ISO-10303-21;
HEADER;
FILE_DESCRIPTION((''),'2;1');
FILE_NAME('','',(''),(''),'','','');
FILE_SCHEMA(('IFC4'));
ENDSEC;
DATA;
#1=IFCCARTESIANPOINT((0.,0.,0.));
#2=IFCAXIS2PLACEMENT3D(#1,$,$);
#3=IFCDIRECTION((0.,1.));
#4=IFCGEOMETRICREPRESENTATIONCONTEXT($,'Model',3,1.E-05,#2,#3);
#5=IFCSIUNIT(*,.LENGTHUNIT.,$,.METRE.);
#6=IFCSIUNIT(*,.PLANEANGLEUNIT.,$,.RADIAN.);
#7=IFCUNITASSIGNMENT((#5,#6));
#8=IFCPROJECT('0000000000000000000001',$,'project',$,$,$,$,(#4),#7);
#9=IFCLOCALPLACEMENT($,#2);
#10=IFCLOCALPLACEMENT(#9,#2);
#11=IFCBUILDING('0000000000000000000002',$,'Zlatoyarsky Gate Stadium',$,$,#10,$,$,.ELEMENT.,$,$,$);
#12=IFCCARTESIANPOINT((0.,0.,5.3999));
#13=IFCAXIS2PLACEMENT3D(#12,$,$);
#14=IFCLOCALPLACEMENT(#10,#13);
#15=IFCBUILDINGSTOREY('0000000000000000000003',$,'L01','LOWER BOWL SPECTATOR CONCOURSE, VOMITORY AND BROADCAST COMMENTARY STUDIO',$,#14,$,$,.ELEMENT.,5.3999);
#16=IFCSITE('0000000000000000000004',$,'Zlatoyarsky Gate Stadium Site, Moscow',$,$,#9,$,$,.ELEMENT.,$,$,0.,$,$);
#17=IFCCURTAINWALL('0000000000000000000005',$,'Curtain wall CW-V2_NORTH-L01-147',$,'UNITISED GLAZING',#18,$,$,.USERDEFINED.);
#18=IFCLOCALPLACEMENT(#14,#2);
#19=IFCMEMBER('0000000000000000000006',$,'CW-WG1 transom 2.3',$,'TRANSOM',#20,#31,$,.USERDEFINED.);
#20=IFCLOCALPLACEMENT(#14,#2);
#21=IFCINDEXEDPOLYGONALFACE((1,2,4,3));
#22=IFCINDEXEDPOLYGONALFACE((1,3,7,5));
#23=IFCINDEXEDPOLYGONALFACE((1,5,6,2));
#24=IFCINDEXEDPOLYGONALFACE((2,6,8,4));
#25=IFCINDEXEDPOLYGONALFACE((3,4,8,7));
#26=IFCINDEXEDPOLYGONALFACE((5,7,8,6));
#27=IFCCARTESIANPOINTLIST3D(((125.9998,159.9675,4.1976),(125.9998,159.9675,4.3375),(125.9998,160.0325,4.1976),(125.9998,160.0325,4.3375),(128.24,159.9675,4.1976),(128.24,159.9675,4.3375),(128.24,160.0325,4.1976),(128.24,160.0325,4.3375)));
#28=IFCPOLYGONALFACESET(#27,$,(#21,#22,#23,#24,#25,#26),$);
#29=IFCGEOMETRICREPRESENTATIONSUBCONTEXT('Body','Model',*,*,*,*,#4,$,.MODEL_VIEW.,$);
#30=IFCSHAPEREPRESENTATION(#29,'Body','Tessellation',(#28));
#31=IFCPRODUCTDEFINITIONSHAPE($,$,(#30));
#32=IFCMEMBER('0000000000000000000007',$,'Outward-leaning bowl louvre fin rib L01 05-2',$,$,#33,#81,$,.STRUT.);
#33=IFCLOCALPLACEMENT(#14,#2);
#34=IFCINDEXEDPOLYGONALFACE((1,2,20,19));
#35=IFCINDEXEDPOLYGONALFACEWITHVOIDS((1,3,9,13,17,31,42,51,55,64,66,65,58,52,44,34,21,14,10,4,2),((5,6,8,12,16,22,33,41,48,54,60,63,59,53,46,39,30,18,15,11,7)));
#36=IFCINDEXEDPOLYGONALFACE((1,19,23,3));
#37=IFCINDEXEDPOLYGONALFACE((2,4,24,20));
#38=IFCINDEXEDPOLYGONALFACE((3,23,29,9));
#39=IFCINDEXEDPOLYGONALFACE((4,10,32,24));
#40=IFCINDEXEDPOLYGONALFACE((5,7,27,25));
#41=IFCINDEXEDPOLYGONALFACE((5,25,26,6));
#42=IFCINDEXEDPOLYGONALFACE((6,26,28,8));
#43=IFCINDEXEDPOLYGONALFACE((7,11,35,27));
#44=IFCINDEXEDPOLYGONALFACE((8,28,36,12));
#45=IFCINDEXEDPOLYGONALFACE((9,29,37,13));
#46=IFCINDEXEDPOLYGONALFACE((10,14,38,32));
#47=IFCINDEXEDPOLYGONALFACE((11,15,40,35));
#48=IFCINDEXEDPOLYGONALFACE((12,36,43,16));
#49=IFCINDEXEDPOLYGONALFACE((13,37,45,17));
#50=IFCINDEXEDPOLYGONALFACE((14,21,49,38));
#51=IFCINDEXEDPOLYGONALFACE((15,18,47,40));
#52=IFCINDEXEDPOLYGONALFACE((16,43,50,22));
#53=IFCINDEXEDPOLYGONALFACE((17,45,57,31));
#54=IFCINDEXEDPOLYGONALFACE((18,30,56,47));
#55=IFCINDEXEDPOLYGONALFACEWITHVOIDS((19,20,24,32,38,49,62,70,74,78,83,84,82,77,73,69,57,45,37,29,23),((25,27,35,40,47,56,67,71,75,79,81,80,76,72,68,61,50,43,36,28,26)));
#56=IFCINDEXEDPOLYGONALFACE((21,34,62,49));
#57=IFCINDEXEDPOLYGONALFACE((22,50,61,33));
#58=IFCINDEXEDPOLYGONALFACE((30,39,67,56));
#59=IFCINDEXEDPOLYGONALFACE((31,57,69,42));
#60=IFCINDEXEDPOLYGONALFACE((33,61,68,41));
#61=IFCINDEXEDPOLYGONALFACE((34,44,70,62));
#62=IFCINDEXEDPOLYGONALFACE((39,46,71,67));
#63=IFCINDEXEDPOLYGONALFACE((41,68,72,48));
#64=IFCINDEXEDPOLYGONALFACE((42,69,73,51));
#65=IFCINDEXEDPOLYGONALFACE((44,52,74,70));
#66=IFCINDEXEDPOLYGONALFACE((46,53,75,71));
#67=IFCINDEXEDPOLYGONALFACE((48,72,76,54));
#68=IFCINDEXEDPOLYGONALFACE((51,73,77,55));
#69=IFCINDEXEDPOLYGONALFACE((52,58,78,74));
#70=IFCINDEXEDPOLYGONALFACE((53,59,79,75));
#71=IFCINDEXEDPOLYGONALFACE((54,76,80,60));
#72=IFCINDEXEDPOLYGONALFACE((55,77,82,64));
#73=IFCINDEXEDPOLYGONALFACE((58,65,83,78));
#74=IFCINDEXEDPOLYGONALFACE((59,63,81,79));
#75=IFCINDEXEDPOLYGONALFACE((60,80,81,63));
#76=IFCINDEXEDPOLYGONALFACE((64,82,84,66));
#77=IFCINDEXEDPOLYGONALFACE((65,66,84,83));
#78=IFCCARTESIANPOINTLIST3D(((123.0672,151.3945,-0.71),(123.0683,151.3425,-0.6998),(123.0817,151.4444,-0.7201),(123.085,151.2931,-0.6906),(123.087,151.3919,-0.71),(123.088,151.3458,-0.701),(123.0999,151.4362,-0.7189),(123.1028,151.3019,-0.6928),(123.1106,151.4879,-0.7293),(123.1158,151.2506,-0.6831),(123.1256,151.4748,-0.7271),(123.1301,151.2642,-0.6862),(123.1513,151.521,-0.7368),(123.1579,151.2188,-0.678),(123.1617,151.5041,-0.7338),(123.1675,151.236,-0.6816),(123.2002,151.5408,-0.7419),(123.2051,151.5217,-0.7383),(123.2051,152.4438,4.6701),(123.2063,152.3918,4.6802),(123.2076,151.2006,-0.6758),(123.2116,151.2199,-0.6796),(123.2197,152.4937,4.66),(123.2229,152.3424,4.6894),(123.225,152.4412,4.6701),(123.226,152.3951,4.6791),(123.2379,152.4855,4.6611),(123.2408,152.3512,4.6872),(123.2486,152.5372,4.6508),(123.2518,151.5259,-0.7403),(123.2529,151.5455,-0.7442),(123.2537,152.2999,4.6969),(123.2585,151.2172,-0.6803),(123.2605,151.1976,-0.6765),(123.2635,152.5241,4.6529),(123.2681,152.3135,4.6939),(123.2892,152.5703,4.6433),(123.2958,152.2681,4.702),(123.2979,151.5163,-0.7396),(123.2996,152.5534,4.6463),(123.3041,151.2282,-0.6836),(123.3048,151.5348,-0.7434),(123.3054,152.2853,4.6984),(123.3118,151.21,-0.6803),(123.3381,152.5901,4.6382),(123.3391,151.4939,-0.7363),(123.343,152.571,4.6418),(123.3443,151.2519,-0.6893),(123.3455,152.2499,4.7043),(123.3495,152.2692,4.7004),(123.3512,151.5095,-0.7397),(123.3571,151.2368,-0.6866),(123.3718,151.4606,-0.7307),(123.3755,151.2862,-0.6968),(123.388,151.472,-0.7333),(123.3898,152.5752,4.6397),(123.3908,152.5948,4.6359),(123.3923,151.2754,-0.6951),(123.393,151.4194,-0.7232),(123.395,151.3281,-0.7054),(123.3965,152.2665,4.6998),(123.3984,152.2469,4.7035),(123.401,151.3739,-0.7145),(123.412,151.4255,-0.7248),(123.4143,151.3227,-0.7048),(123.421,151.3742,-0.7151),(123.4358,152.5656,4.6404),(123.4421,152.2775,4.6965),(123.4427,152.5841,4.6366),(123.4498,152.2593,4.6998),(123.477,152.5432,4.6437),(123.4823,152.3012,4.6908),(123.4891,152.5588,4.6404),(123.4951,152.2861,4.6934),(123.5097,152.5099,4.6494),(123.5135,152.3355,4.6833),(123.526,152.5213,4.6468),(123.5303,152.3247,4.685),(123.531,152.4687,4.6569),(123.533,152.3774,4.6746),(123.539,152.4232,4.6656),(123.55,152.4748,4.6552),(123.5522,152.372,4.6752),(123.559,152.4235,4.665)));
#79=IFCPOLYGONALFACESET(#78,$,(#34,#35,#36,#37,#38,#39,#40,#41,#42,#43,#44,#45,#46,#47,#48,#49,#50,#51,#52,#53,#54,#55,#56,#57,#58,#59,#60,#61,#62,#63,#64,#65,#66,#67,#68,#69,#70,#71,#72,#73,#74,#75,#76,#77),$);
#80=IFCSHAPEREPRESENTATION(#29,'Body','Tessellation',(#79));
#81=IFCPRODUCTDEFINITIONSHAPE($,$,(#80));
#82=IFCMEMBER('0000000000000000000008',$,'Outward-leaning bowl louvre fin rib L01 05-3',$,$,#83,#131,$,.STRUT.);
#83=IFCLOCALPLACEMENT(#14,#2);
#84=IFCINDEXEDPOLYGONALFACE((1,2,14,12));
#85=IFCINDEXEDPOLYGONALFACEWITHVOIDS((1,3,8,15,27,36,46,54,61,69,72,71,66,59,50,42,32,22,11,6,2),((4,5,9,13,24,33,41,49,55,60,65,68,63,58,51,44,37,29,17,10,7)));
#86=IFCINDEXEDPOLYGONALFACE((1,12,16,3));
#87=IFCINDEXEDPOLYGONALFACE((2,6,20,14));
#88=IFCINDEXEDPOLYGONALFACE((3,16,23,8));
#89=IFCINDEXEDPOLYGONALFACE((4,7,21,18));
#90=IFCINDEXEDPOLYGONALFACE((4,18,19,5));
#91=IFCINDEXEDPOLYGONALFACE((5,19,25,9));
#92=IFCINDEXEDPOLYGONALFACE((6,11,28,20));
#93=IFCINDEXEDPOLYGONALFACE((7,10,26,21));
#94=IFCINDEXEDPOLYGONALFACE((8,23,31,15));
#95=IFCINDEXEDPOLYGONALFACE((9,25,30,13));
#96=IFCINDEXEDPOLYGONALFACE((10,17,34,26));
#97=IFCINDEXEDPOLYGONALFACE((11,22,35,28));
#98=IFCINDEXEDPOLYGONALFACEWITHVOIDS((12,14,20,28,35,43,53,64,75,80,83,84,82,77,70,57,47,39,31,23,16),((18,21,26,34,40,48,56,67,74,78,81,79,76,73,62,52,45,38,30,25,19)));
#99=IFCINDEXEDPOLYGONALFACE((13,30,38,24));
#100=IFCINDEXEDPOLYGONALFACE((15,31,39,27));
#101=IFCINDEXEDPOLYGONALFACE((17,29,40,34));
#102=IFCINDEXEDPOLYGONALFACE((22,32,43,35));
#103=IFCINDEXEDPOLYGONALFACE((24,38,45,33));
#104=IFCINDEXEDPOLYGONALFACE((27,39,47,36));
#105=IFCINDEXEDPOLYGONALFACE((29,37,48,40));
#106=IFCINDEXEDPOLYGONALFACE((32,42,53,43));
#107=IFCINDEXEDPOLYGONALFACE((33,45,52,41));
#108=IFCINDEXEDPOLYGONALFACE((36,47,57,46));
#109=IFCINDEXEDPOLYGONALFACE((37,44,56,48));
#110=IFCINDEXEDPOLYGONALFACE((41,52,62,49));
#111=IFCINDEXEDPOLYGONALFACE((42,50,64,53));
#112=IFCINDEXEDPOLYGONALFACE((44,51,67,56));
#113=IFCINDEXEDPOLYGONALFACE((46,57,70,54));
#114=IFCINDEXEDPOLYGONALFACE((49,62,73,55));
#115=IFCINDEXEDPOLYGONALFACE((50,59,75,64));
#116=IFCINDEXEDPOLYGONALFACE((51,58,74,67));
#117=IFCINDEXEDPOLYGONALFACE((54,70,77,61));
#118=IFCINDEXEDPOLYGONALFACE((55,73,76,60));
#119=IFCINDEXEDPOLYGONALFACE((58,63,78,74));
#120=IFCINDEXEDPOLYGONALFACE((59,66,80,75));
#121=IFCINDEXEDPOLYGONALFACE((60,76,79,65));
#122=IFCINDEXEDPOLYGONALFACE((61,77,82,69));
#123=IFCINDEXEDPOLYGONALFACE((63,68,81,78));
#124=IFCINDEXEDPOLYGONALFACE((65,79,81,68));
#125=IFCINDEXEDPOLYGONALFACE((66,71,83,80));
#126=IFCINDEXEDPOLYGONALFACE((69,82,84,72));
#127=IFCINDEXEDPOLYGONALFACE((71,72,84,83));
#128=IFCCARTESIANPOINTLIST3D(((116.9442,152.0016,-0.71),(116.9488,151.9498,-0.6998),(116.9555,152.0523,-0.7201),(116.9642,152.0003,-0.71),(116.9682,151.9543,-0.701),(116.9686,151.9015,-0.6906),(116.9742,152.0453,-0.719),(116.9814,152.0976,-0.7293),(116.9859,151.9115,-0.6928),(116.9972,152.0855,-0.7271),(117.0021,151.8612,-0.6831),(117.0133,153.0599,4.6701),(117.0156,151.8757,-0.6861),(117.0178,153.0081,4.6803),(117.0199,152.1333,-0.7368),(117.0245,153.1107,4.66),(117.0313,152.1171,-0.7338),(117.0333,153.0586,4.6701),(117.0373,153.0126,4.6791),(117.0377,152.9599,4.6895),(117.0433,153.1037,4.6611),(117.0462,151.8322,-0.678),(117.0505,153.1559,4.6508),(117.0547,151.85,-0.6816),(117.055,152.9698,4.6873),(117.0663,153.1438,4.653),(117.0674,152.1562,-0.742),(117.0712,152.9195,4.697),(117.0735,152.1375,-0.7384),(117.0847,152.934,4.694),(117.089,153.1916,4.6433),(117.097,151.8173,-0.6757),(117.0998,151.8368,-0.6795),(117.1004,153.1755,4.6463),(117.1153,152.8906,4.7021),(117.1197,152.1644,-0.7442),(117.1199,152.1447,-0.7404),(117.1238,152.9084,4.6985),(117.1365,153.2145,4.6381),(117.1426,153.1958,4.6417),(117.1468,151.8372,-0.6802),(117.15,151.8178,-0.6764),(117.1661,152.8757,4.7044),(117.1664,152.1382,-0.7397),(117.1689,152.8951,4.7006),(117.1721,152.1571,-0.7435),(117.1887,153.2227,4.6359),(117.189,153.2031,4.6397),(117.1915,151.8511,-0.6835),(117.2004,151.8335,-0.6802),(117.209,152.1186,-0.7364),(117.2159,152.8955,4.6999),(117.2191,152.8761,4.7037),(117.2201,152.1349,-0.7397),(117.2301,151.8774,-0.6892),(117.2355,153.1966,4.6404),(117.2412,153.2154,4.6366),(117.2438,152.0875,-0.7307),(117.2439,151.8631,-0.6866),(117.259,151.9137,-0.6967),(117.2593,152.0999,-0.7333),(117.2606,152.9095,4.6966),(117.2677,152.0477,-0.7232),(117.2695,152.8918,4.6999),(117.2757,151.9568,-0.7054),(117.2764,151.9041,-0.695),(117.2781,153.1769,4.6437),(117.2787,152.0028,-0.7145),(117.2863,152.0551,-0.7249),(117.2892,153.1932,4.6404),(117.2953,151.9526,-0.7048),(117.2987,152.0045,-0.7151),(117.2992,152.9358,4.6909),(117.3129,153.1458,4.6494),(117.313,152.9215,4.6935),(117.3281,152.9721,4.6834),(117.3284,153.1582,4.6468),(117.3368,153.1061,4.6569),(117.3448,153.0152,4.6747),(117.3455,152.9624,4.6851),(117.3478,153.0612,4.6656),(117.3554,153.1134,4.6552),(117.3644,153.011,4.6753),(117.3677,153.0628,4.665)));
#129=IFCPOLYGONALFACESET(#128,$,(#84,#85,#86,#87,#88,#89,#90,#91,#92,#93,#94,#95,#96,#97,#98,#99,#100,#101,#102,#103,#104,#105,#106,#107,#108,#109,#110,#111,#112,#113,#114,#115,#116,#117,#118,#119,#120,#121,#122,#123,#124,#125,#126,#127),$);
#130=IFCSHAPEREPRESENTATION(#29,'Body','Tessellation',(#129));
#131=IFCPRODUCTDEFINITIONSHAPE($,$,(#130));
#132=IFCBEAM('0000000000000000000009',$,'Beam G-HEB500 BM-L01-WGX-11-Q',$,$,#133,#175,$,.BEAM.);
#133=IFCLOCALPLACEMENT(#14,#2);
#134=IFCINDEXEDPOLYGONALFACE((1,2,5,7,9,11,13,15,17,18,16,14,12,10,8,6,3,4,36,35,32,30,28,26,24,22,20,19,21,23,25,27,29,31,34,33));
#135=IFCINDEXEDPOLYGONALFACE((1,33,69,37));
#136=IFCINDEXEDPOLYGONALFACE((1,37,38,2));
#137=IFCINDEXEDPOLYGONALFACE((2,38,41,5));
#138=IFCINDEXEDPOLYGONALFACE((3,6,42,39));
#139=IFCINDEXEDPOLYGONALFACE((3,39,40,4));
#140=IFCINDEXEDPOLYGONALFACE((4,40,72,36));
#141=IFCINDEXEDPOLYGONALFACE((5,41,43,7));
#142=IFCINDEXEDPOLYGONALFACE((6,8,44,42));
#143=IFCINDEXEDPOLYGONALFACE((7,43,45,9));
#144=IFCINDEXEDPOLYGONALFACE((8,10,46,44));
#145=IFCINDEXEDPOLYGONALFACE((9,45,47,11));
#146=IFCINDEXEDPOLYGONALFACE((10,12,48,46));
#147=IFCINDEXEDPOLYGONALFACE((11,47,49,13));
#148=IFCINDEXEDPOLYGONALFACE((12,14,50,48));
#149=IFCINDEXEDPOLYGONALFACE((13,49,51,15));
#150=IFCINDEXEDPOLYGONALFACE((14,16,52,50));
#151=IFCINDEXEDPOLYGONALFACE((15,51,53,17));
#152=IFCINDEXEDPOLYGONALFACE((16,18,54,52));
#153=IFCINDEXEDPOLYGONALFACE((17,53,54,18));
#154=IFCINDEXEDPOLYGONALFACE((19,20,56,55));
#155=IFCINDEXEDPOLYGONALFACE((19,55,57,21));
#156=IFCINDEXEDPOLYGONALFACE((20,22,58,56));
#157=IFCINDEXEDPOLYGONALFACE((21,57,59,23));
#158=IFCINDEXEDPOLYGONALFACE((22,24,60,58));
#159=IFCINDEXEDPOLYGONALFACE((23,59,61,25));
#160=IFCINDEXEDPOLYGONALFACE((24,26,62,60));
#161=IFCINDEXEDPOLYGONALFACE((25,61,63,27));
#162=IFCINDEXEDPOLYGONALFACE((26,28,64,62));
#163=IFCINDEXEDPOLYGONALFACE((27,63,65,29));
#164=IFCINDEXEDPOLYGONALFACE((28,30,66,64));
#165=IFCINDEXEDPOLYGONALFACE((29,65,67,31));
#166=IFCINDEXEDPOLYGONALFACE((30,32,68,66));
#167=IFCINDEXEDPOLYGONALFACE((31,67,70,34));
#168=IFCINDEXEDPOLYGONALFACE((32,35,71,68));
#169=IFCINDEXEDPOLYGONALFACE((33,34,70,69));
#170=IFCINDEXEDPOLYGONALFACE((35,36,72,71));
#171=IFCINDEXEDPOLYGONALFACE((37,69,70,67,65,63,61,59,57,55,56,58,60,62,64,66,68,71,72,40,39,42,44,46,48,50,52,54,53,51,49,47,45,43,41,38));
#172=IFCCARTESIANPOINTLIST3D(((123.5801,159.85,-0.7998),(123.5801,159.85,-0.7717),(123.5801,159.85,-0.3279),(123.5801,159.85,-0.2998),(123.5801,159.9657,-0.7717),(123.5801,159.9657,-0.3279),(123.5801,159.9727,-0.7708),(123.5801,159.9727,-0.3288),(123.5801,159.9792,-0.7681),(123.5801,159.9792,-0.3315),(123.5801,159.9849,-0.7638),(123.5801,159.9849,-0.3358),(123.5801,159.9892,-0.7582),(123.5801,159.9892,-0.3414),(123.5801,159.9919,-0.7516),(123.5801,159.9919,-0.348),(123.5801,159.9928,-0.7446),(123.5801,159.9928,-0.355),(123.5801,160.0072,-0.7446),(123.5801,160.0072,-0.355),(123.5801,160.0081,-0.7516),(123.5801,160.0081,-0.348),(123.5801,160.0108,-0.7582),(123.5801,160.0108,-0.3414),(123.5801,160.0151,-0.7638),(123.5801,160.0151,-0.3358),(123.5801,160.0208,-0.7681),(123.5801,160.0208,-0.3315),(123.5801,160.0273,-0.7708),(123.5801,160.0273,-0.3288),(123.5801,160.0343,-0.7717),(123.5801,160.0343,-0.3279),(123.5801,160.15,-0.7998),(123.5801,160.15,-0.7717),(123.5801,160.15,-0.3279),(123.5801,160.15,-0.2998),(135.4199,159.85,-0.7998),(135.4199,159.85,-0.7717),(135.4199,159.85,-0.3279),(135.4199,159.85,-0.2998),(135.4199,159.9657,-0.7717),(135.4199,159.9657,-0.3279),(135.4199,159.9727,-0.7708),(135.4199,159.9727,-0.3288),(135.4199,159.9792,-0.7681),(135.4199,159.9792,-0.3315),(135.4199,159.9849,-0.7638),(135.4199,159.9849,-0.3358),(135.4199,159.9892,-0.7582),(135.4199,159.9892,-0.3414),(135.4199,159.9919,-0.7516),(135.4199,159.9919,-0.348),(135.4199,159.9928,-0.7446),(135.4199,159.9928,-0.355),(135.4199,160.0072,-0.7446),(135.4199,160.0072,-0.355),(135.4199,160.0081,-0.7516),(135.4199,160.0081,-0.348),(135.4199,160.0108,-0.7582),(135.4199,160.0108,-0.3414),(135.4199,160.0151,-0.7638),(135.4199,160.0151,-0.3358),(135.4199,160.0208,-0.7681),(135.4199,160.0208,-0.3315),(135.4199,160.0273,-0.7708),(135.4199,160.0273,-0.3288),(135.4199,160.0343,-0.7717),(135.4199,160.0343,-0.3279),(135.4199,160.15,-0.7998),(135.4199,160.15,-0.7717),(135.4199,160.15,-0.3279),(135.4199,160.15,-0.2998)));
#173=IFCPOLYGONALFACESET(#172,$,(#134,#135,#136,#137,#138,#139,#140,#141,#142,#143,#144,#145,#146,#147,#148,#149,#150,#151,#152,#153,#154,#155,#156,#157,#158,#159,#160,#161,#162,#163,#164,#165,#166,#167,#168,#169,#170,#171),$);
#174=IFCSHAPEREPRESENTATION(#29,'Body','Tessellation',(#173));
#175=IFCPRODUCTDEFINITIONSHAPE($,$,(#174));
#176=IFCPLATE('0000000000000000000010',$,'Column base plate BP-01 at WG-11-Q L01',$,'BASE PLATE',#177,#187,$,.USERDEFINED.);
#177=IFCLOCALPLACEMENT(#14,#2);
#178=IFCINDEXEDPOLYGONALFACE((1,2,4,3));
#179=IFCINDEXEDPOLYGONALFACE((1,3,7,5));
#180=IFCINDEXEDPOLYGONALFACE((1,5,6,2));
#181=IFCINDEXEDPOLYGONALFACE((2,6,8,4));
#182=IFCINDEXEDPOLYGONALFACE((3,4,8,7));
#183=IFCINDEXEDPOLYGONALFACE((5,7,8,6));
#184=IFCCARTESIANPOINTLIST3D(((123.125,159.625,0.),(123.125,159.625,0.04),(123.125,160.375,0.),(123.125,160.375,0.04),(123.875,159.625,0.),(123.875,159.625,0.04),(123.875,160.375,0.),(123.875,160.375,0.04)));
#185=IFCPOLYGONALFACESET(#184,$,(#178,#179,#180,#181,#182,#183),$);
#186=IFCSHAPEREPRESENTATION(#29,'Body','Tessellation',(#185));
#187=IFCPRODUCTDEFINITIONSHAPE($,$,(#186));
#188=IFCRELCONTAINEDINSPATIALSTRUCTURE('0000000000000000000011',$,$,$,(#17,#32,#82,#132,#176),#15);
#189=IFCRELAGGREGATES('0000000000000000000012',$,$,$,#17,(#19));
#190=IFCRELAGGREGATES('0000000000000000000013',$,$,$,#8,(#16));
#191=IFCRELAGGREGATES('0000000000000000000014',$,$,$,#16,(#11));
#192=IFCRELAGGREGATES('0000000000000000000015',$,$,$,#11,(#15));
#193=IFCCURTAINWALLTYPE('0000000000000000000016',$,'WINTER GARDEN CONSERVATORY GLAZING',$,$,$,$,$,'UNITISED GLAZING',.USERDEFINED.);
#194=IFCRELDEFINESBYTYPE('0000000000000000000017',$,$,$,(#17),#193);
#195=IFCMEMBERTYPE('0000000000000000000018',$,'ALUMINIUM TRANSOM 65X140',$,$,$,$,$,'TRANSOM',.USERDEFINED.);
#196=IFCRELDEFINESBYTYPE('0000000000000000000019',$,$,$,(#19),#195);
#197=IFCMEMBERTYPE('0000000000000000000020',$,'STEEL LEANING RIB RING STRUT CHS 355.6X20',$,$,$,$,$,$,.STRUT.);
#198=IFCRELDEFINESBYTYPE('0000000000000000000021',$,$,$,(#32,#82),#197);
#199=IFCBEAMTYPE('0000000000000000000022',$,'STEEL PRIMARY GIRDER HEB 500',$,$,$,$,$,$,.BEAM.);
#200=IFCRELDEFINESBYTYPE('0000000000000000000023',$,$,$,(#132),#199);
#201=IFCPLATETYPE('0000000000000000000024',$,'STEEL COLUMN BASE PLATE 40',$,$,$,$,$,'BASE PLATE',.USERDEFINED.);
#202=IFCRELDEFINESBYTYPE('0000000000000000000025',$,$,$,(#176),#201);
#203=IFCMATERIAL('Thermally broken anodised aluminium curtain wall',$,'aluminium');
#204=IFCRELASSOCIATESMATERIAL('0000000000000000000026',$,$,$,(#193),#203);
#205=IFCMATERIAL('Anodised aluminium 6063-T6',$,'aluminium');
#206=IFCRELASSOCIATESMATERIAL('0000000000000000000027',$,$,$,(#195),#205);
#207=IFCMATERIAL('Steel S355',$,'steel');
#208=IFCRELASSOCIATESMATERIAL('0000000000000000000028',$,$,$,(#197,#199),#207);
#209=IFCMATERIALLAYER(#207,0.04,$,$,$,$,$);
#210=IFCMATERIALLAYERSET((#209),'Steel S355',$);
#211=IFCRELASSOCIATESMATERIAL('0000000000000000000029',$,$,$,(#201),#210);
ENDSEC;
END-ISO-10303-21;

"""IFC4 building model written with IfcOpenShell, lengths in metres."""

from ifc_helpers import new_model, si_unit, direction, frame, origin, origin_2d, place, context, subcontext, project, spatial, rectangle, hollow_circle, i_section, extrude, material, layer, layer_set, material_profile, profile_set, type_object, element, aggregate, save


model = new_model("IFC4")

# Units and contexts
model_context = context("Model", 3, precision=1e-05, world=origin(), true_north=direction((0.0, 1.0)))
body_context = subcontext(model_context, "Body", "Model", "MODEL_VIEW")
ifc_project = project(units=[si_unit("LENGTHUNIT", "METRE"), si_unit("PLANEANGLEUNIT", "RADIAN")], contexts=[model_context])

# Site, building, storey
site_placement = place(None, origin())
site = spatial("IfcSite", under=ifc_project, at=site_placement, Name="Zlatoyarsky Gate Stadium Site, Moscow", CompositionType="ELEMENT", RefElevation=0.0)
building_placement = place(site_placement, origin())
building = spatial("IfcBuilding", under=site, at=building_placement, Name="Zlatoyarsky Gate Stadium", CompositionType="ELEMENT")
storey_placement = place(building_placement, frame((0.0, 0.0, 5.3999)))
storey = spatial("IfcBuildingStorey", under=building, at=storey_placement, Name="L01", Description="LOWER BOWL SPECTATOR CONCOURSE, VOMITORY AND BROADCAST COMMENTARY STUDIO", CompositionType="ELEMENT", Elevation=5.3999)

# Shared definitions
ifc_material_1 = material(Name="Steel S355", Category="steel")

# Shared definitions
ifc_material_2 = material(Name="Thermally broken anodised aluminium curtain wall", Category="aluminium")
ifc_material_3 = material(Name="Anodised aluminium 6063-T6", Category="aluminium")

# Curtain wall
curtain_wall_type_1 = type_object("IfcCurtainWallType", Name="WINTER GARDEN CONSERVATORY GLAZING", ElementType="UNITISED GLAZING", PredefinedType="USERDEFINED", material=ifc_material_2)
curtain_wall_1_placement = place(storey_placement, origin())
curtain_wall_1 = element("IfcCurtainWall", 1, at=curtain_wall_1_placement, inside=storey, type_object=curtain_wall_type_1, Name="Curtain wall CW-V2_NORTH-L01-147", ObjectType="UNITISED GLAZING", PredefinedType="USERDEFINED")

# Member
ifc_material_profile_1 = material_profile(ifc_material_3, rectangle(XDim=0.0649, YDim=0.1399, at=origin_2d()), Name="ALU 65X140")
ifc_profile_set_1 = profile_set([ifc_material_profile_1], Name="Anodised aluminium 6063-T6")
member_type_1 = type_object("IfcMemberType", Name="ALUMINIUM TRANSOM 65X140", ElementType="TRANSOM", PredefinedType="USERDEFINED", material=ifc_profile_set_1)
member_1_placement = place(storey_placement, frame((125.9998, 160.0, 4.2676), z_axis=(1.0, 0.0, 0.0), x_axis=(0.0, 1.0, 0.0)))
member_1 = element("IfcMember", 2, at=member_1_placement, type_object=member_type_1, Name="CW-WG1 transom 2.3", ObjectType="TRANSOM", PredefinedType="USERDEFINED", context=body_context, shape_type="SweptSolid", body=[
    extrude(rectangle(XDim=0.0649, YDim=0.1399, at=origin_2d()), origin(), (0.0, 0.0, 1.0), 2.2402),
])

# Members
ifc_material_profile_2 = material_profile(ifc_material_1, hollow_circle(Radius=0.1777, WallThickness=0.02, at=origin_2d()), Name="CHS 355.6X20")
ifc_profile_set_2 = profile_set([ifc_material_profile_2], Name="Steel S355")
member_type_2 = type_object("IfcMemberType", Name="STEEL LEANING RIB RING STRUT CHS 355.6X20", PredefinedType="STRUT", material=ifc_profile_set_2)
member_2_placement = place(storey_placement, frame((123.2434, 151.3713, -0.71), z_axis=(0.025157, 0.191368, 0.981196), x_axis=(-0.99147, 0.130335, 0.0)))
element("IfcMember", 3, at=member_2_placement, inside=storey, type_object=member_type_2, Name="Outward-leaning bowl louvre fin rib L01 05-2", PredefinedType="STRUT", context=body_context, shape_type="SweptSolid", body=[
    extrude(hollow_circle(Radius=0.1777, WallThickness=0.02, at=origin_2d()), origin(), (0.0, 0.0, 1.0), 5.4832),
])
member_3_placement = place(storey_placement, frame((117.1216, 151.99, -0.71), z_axis=(0.0126, 0.193, 0.981118), x_axis=(-0.997876, 0.065144, 0.0)))
element("IfcMember", 4, at=member_3_placement, inside=storey, type_object=member_type_2, Name="Outward-leaning bowl louvre fin rib L01 05-3", PredefinedType="STRUT", context=body_context, shape_type="SweptSolid", body=[
    extrude(hollow_circle(Radius=0.1777, WallThickness=0.02, at=origin_2d()), origin(), (0.0, 0.0, 1.0), 5.4836),
])

# Beam
ifc_material_profile_3 = material_profile(ifc_material_1, i_section(OverallWidth=0.3, OverallDepth=0.5, WebThickness=0.0144, FlangeThickness=0.0281, FilletRadius=0.0271, at=origin_2d()), Name="HEB 500")
ifc_profile_set_3 = profile_set([ifc_material_profile_3], Name="Steel S355")
beam_type = type_object("IfcBeamType", Name="STEEL PRIMARY GIRDER HEB 500", PredefinedType="BEAM", material=ifc_profile_set_3)
beam_placement = place(storey_placement, frame((123.5801, 160.0, -0.5498), z_axis=(1.0, 0.0, 0.0), x_axis=(0.0, 1.0, 0.0)))
element("IfcBeam", 5, at=beam_placement, inside=storey, type_object=beam_type, Name="Beam G-HEB500 BM-L01-WGX-11-Q", PredefinedType="BEAM", context=body_context, shape_type="SweptSolid", body=[
    extrude(i_section(OverallWidth=0.3, OverallDepth=0.5, WebThickness=0.0144, FlangeThickness=0.0281, FilletRadius=0.0271, at=origin_2d()), origin(), (0.0, 0.0, 1.0), 11.8398),
])

# Plate
ifc_layer_1 = layer(ifc_material_1, 0.04)
ifc_layer_set_1 = layer_set([ifc_layer_1], Name="Steel S355")
plate_type_1 = type_object("IfcPlateType", Name="STEEL COLUMN BASE PLATE 40", ElementType="BASE PLATE", PredefinedType="USERDEFINED", material=ifc_layer_set_1)
plate_1_placement = place(storey_placement, frame((123.5, 160.0, 0.0), z_axis=(0.0, 0.0, 1.0), x_axis=(1.0, 0.0, 0.0)))
element("IfcPlate", 6, at=plate_1_placement, inside=storey, type_object=plate_type_1, Name="Column base plate BP-01 at WG-11-Q L01", ObjectType="BASE PLATE", PredefinedType="USERDEFINED", context=body_context, shape_type="SweptSolid", body=[
    extrude(rectangle(XDim=0.75, YDim=0.75, at=origin_2d()), origin(), (0.0, 0.0, 1.0), 0.04),
])

aggregate(curtain_wall_1, [member_1])

save(model, "model.ifc")
